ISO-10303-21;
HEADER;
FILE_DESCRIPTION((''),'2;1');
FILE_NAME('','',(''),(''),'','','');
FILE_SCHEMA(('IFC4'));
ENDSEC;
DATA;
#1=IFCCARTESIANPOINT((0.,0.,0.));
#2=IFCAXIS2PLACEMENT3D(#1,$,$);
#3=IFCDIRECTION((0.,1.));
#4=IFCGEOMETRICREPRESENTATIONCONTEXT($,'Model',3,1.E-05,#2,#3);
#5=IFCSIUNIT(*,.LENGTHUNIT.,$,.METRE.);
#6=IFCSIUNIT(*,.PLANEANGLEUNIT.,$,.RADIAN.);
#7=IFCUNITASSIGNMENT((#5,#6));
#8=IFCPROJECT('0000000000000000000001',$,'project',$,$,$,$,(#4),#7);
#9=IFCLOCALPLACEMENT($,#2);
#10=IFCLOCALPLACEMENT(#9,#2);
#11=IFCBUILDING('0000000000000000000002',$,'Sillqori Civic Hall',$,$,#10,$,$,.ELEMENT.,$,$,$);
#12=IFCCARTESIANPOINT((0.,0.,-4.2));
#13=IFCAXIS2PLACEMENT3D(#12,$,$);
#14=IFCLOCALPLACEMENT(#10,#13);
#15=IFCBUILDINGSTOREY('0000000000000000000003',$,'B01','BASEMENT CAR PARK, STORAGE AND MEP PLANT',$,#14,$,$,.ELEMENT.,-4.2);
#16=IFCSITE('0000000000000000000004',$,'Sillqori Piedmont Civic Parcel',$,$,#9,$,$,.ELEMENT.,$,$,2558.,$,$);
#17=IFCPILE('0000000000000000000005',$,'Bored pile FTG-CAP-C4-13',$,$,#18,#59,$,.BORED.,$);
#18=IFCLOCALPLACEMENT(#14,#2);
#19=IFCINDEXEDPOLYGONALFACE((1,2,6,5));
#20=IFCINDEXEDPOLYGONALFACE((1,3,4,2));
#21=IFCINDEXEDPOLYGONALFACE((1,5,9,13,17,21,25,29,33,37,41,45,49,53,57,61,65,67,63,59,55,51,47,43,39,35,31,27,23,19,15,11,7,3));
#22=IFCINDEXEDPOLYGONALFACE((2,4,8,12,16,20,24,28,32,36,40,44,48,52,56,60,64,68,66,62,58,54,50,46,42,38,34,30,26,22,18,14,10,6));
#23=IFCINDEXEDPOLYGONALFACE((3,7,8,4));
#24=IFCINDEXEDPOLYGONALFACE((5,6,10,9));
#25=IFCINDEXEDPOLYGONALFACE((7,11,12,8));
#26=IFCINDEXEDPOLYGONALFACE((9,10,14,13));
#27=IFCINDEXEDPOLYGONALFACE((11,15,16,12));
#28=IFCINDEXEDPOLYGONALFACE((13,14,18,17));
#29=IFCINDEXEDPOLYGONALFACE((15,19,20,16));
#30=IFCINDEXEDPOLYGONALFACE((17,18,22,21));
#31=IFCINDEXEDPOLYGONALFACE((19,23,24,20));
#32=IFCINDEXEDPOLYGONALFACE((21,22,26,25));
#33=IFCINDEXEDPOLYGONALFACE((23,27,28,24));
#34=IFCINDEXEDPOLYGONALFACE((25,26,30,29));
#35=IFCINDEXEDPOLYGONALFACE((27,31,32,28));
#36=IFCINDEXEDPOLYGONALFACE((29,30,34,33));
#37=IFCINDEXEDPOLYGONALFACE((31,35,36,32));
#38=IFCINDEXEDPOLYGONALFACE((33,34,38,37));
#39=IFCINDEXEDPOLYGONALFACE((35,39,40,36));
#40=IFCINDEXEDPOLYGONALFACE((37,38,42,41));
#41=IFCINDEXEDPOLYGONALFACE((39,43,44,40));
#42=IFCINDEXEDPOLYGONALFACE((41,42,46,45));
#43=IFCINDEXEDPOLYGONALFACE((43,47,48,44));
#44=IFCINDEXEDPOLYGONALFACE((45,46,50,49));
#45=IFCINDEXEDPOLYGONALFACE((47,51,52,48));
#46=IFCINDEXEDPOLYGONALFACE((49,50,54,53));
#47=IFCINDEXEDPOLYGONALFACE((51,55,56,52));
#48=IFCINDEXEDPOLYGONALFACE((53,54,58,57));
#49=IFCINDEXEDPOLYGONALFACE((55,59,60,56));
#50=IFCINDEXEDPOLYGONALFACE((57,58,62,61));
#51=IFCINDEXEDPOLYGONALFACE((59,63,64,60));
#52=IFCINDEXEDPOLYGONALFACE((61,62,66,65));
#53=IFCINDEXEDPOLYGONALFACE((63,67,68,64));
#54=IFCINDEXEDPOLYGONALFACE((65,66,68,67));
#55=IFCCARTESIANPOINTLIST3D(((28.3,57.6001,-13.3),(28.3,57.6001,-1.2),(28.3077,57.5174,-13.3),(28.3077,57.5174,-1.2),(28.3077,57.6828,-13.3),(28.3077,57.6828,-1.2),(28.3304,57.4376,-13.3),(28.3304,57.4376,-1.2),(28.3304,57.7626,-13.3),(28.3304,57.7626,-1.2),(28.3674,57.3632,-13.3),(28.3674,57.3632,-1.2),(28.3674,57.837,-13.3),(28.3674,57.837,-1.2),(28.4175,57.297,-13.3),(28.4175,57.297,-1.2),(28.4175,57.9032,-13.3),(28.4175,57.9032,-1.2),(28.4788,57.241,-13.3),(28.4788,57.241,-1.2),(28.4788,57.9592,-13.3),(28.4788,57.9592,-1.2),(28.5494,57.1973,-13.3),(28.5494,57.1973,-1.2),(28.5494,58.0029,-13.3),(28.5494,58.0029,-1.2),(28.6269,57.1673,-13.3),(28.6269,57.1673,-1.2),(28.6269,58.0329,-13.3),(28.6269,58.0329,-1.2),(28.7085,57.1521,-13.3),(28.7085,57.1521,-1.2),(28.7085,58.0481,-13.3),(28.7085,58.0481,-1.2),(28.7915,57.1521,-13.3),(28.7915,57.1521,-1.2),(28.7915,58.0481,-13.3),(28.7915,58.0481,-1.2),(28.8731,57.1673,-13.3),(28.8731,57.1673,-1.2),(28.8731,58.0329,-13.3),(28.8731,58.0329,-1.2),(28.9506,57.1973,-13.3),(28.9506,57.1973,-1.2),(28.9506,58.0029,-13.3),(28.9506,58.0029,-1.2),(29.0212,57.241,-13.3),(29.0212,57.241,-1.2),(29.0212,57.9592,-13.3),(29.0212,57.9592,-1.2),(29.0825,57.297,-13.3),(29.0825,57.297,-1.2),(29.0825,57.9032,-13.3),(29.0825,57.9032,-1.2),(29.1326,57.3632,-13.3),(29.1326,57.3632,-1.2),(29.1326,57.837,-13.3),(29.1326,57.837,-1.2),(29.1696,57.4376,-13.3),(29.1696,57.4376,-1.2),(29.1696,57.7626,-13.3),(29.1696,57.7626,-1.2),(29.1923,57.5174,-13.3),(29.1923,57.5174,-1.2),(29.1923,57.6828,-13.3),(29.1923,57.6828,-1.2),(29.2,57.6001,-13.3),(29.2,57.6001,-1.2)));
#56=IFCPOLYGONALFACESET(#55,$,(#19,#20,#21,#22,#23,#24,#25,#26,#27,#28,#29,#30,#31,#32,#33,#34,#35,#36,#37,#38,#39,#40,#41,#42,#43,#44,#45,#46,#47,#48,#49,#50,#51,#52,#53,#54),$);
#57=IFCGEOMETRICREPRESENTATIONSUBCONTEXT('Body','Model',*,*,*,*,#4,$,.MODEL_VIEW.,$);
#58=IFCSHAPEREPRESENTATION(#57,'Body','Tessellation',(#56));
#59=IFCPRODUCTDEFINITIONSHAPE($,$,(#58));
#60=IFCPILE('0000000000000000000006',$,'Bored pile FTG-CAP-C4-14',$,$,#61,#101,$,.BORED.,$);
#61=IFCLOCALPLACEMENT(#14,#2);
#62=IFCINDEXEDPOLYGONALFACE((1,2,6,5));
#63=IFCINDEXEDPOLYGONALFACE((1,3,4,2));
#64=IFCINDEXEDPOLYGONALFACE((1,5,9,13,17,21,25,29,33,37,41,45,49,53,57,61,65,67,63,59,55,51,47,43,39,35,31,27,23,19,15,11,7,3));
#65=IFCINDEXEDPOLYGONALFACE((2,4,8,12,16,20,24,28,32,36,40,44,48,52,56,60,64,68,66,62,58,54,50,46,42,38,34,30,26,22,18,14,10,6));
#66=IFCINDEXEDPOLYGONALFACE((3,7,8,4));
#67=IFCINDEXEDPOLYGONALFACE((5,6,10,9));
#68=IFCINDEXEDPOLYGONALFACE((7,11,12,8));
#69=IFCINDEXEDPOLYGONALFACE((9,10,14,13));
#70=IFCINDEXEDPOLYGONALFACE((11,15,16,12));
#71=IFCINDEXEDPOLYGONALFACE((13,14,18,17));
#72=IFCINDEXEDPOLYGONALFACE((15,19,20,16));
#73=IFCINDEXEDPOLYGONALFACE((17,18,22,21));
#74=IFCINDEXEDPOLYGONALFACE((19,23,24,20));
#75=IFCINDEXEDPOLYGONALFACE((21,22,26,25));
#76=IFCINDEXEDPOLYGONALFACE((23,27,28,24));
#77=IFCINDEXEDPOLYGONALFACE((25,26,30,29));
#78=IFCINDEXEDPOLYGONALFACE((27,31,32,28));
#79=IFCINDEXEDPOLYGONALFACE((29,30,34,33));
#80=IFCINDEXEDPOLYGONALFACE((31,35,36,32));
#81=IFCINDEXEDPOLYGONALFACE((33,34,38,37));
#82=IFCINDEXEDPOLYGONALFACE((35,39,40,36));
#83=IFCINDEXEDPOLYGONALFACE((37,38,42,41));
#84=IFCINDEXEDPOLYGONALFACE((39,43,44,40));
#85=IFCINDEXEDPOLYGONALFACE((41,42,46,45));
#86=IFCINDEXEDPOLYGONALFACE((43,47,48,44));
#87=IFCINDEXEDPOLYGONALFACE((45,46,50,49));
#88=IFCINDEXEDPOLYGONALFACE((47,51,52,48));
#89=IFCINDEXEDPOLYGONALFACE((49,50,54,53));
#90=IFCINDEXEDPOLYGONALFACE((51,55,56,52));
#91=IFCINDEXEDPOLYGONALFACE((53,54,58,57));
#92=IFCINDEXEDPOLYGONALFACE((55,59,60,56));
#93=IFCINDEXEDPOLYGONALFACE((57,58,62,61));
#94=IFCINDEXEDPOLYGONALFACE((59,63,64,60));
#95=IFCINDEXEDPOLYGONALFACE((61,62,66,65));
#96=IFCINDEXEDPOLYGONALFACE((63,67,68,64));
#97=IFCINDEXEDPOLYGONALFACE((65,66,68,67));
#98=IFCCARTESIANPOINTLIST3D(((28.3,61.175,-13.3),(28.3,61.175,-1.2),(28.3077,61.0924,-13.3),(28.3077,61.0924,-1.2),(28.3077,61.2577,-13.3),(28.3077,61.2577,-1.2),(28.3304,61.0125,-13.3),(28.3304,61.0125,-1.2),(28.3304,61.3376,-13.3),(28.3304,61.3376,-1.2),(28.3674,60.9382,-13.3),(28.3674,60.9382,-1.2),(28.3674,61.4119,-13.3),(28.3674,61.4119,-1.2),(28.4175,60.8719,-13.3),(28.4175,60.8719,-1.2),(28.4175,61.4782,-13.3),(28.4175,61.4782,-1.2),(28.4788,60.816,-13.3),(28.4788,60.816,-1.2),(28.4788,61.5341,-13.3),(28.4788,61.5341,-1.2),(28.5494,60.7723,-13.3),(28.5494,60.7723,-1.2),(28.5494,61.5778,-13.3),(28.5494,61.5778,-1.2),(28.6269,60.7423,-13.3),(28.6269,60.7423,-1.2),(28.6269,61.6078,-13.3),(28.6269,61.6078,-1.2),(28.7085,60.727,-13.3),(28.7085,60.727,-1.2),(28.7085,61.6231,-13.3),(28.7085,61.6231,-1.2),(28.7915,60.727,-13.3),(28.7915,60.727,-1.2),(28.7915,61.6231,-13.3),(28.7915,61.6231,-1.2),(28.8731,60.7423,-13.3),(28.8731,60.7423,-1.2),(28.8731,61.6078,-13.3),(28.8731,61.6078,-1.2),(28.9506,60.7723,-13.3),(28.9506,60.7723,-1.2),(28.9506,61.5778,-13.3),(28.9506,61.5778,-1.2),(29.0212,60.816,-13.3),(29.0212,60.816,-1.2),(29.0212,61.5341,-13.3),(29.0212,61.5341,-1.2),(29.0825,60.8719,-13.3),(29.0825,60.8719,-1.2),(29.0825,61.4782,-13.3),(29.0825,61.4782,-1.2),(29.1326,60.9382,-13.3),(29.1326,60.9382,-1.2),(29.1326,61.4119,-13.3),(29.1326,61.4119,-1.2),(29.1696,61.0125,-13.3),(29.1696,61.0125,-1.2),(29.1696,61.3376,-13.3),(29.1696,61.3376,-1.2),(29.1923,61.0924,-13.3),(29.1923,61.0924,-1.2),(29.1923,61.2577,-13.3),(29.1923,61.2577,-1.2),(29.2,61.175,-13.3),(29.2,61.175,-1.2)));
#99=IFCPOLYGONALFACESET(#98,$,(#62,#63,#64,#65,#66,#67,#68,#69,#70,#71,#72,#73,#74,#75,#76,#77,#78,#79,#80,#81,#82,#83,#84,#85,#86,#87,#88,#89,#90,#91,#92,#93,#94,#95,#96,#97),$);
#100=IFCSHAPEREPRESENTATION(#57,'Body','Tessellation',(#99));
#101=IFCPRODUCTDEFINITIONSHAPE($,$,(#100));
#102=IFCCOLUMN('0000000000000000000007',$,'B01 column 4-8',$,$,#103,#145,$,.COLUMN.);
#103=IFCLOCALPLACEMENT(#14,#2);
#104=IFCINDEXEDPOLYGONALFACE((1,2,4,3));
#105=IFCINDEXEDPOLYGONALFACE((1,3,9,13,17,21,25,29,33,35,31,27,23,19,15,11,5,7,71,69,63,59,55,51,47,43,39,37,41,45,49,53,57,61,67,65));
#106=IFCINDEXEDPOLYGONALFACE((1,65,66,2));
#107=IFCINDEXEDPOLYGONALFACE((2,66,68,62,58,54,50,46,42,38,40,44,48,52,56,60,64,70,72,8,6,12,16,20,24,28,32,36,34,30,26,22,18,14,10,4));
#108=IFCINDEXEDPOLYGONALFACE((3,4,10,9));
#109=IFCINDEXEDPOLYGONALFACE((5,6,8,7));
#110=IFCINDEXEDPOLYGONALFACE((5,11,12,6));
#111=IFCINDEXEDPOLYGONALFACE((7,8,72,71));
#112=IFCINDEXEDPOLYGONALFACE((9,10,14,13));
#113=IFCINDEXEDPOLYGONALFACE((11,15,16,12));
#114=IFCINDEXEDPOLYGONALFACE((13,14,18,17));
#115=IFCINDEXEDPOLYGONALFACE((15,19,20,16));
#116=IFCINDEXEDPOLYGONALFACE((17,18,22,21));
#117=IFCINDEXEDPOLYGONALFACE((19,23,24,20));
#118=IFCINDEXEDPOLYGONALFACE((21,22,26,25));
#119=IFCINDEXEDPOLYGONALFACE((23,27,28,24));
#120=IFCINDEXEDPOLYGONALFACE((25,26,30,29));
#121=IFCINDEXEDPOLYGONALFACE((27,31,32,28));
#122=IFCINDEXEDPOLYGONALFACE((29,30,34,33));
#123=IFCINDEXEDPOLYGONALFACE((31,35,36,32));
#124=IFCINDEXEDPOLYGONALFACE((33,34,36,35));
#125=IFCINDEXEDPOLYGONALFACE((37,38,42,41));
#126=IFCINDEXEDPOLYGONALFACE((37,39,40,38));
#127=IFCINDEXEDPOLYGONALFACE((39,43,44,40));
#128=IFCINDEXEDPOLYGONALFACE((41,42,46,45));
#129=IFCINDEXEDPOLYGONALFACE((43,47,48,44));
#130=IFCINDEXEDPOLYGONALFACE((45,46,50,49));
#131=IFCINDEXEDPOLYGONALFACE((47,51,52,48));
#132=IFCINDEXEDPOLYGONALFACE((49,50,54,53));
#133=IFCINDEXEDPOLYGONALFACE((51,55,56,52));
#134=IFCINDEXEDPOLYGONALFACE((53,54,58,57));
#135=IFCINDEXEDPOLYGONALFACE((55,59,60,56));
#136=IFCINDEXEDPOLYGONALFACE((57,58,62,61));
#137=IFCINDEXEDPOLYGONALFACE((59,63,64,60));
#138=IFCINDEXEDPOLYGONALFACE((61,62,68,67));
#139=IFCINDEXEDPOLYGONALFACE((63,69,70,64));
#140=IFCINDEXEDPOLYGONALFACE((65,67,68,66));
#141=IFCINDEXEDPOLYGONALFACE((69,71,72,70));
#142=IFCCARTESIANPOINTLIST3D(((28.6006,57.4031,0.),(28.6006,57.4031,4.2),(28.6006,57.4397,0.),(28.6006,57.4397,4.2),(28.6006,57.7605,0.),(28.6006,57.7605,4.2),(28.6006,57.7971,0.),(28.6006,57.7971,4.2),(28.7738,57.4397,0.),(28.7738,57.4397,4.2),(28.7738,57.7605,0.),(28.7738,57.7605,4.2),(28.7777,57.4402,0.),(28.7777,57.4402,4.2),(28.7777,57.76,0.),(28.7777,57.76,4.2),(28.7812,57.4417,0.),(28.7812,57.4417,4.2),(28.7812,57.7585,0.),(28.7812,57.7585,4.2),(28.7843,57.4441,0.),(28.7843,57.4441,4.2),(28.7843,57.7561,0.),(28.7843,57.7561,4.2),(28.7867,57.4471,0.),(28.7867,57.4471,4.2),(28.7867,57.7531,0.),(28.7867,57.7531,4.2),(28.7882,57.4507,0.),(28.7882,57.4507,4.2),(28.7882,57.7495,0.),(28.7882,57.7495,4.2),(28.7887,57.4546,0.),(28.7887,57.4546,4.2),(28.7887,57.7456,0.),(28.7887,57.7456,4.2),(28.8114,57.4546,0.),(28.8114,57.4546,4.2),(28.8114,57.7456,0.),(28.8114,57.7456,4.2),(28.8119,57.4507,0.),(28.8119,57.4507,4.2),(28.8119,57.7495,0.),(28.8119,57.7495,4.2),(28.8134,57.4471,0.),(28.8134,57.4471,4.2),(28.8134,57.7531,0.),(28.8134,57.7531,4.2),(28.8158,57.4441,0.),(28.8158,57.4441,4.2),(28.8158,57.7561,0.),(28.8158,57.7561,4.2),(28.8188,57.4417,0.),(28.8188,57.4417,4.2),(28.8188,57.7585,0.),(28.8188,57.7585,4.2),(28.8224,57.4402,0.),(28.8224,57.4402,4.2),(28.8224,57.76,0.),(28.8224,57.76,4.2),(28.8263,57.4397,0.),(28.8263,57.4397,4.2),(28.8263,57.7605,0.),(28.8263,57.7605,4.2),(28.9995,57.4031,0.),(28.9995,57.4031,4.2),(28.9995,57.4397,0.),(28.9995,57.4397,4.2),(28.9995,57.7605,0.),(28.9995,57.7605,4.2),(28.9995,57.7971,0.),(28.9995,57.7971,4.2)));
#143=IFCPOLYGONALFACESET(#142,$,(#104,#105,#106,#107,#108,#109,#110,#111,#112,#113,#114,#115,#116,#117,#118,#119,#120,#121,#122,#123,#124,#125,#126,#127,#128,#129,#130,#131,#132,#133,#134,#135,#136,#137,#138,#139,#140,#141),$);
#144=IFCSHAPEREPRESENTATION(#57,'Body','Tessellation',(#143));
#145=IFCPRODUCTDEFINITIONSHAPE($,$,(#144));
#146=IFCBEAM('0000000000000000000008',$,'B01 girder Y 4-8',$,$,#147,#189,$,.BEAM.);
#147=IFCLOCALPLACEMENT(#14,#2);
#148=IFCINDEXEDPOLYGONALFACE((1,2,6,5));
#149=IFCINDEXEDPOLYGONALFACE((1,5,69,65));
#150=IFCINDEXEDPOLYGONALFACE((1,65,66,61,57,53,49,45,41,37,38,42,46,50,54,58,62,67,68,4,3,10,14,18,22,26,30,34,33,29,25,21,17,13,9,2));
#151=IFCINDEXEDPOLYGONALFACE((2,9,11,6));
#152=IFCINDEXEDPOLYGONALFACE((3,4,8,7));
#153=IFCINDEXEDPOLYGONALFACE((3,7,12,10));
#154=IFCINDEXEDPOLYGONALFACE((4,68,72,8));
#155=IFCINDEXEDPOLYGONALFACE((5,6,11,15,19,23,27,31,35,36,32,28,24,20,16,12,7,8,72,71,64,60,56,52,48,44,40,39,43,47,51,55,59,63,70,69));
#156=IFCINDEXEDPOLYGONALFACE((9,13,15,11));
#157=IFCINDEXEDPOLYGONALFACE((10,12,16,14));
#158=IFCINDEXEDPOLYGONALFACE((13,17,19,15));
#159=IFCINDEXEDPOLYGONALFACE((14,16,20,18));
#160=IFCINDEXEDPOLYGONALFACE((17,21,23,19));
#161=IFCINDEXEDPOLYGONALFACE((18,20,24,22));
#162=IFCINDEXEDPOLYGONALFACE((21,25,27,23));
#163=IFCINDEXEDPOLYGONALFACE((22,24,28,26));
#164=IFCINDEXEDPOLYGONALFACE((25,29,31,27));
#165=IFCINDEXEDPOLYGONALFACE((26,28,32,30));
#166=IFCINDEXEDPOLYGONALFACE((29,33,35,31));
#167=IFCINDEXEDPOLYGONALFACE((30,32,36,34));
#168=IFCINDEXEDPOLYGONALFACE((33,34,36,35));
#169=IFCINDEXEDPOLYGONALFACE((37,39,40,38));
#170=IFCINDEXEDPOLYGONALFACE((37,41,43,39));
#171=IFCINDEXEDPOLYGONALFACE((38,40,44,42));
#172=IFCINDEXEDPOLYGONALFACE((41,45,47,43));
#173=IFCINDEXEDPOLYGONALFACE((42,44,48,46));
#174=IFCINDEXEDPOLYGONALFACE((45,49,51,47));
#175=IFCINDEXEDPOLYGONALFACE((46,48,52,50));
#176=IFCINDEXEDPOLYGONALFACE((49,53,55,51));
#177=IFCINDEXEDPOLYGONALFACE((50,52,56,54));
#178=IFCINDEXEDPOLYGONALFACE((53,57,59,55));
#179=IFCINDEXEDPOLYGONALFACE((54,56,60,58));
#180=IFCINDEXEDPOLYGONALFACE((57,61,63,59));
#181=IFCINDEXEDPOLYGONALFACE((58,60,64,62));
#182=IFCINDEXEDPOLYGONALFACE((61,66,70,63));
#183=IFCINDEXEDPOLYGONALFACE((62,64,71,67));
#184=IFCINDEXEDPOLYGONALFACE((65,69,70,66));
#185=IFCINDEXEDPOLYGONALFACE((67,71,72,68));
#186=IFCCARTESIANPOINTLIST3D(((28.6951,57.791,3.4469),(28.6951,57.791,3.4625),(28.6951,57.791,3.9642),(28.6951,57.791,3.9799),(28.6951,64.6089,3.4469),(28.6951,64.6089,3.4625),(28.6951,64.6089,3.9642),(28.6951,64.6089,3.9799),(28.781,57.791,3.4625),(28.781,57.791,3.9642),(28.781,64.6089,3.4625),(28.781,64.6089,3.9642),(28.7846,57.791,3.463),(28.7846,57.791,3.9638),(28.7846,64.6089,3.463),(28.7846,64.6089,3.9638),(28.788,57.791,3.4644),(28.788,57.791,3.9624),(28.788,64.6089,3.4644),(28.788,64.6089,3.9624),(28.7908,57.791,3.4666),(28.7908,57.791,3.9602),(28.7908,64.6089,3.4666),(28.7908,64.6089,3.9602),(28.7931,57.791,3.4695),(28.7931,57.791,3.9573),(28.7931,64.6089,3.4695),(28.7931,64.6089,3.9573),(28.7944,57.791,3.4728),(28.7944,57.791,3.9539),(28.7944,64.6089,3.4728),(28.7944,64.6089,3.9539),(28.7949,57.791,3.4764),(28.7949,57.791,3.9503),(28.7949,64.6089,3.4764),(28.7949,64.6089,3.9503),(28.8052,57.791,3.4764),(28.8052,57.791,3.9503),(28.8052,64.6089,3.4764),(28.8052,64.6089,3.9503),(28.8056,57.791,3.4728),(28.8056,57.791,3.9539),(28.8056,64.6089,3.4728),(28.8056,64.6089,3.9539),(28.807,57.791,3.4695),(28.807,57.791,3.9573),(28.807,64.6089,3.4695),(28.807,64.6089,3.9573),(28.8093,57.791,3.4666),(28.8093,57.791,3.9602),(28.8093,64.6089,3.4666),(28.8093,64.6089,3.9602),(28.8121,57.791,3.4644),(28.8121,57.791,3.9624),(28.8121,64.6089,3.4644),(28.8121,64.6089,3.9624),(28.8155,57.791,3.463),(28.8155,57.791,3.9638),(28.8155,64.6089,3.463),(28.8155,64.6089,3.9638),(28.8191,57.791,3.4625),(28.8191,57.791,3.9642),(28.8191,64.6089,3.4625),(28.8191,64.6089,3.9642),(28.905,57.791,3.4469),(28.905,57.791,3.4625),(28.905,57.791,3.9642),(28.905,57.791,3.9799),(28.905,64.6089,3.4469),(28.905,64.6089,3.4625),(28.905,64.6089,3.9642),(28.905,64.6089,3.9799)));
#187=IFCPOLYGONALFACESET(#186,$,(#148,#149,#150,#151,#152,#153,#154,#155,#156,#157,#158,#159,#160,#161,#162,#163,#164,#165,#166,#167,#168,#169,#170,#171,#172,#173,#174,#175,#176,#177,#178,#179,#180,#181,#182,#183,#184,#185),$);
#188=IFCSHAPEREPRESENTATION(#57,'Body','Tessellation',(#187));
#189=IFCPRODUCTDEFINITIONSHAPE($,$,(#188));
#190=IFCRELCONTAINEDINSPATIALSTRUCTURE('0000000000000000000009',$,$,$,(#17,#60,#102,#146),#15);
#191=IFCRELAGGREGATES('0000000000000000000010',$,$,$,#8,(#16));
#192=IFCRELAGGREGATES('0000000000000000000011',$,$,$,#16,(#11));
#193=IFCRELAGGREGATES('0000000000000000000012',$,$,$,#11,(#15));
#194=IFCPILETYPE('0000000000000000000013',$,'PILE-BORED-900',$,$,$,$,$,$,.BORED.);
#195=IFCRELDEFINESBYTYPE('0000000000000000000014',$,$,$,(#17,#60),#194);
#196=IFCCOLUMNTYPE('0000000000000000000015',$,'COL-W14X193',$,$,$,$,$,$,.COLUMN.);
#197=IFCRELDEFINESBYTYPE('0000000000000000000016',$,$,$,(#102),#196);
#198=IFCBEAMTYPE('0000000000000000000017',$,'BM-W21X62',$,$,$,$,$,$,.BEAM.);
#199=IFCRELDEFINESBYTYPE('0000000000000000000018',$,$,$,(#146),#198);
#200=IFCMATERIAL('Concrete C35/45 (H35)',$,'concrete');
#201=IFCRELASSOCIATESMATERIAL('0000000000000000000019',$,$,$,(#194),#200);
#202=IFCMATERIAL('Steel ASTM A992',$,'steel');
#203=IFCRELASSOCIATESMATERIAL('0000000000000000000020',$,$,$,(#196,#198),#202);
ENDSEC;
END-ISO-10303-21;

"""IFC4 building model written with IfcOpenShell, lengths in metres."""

from ifc_helpers import new_model, si_unit, direction, frame, origin, origin_2d, place, context, subcontext, project, spatial, circle, i_section, extrude, material, material_profile, profile_set, type_object, element, save


model = new_model("IFC4")

# Units and contexts
model_context = context("Model", 3, precision=1e-05, world=origin(), true_north=direction((0.0, 1.0)))
body_context = subcontext(model_context, "Body", "Model", "MODEL_VIEW")
ifc_project = project(units=[si_unit("LENGTHUNIT", "METRE"), si_unit("PLANEANGLEUNIT", "RADIAN")], contexts=[model_context])

# Site, building, storey
site_placement = place(None, origin())
site = spatial("IfcSite", under=ifc_project, at=site_placement, Name="Sillqori Piedmont Civic Parcel", CompositionType="ELEMENT", RefElevation=2558.0)
building_placement = place(site_placement, origin())
building = spatial("IfcBuilding", under=site, at=building_placement, Name="Sillqori Civic Hall", CompositionType="ELEMENT")
storey_placement = place(building_placement, frame((0.0, 0.0, -4.2)))
storey = spatial("IfcBuildingStorey", under=building, at=storey_placement, Name="B01", Description="BASEMENT CAR PARK, STORAGE AND MEP PLANT", CompositionType="ELEMENT", Elevation=-4.2)

# Shared definitions
ifc_material_1 = material(Name="Concrete C35/45 (H35)", Category="concrete")

# Piles
ifc_material_profile_1 = material_profile(ifc_material_1, circle(Radius=0.45, at=origin_2d()), Name="BORED PILE 900")
ifc_profile_set_1 = profile_set([ifc_material_profile_1], Name="Concrete C35/45 (H35)")
pile_type = type_object("IfcPileType", Name="PILE-BORED-900", PredefinedType="BORED", material=ifc_profile_set_1)
for number, where, z_axis, x_axis, name in (
    (1, (28.75, 57.6001, -1.2), (0.0, 0.0, -1.0), (1.0, 0.0, 0.0), "Bored pile FTG-CAP-C4-13"),
    (2, (28.75, 61.175, -1.2), (0.0, 0.0, -1.0), (1.0, 0.0, 0.0), "Bored pile FTG-CAP-C4-14"),
):
    element("IfcPile", number, at=place(storey_placement, frame(where, z_axis=z_axis, x_axis=x_axis)), inside=storey, type_object=pile_type, Name=name, PredefinedType="BORED", context=body_context, shape_type="SweptSolid", body=[
        extrude(circle(Radius=0.45, at=origin_2d()), origin(), (0.0, 0.0, 1.0), 12.1001),
    ])

# Column
ifc_material_2 = material(Name="Steel ASTM A992", Category="steel")
ifc_material_profile_2 = material_profile(ifc_material_2, i_section(OverallWidth=0.3989, OverallDepth=0.394, WebThickness=0.0227, FlangeThickness=0.0366, FilletRadius=0.0149, at=origin_2d()), Name="W14X193")
ifc_profile_set_2 = profile_set([ifc_material_profile_2], Name="Steel ASTM A992")
column_type = type_object("IfcColumnType", Name="COL-W14X193", PredefinedType="COLUMN", material=ifc_profile_set_2)
column_placement = place(storey_placement, frame((28.8, 57.6001, 0.0), z_axis=(0.0, 0.0, 1.0), x_axis=(1.0, 0.0, 0.0)))
element("IfcColumn", 3, at=column_placement, inside=storey, type_object=column_type, Name="B01 column 4-8", PredefinedType="COLUMN", context=body_context, shape_type="SweptSolid", body=[
    extrude(i_section(OverallWidth=0.3989, OverallDepth=0.394, WebThickness=0.0227, FlangeThickness=0.0366, FilletRadius=0.0149, at=origin_2d()), origin(), (0.0, 0.0, 1.0), 4.2),
])

# Beam
ifc_material_profile_3 = material_profile(ifc_material_2, i_section(OverallWidth=0.21, OverallDepth=0.533, WebThickness=0.0103, FlangeThickness=0.0156, FilletRadius=0.0139, at=origin_2d()), Name="W21X62")
ifc_profile_set_3 = profile_set([ifc_material_profile_3], Name="Steel ASTM A992")
beam_type_1 = type_object("IfcBeamType", Name="BM-W21X62", PredefinedType="BEAM", material=ifc_profile_set_3)
beam_1_placement = place(storey_placement, frame((28.8, 57.791, 3.7134), z_axis=(0.0, 1.0, 0.0), x_axis=(-1.0, 0.0, 0.0)))
element("IfcBeam", 4, at=beam_1_placement, inside=storey, type_object=beam_type_1, Name="B01 girder Y 4-8", PredefinedType="BEAM", context=body_context, shape_type="SweptSolid", body=[
    extrude(i_section(OverallWidth=0.21, OverallDepth=0.533, WebThickness=0.0103, FlangeThickness=0.0156, FilletRadius=0.0139, at=origin_2d()), origin(), (0.0, 0.0, 1.0), 6.8179),
])

save(model, "model.ifc")
